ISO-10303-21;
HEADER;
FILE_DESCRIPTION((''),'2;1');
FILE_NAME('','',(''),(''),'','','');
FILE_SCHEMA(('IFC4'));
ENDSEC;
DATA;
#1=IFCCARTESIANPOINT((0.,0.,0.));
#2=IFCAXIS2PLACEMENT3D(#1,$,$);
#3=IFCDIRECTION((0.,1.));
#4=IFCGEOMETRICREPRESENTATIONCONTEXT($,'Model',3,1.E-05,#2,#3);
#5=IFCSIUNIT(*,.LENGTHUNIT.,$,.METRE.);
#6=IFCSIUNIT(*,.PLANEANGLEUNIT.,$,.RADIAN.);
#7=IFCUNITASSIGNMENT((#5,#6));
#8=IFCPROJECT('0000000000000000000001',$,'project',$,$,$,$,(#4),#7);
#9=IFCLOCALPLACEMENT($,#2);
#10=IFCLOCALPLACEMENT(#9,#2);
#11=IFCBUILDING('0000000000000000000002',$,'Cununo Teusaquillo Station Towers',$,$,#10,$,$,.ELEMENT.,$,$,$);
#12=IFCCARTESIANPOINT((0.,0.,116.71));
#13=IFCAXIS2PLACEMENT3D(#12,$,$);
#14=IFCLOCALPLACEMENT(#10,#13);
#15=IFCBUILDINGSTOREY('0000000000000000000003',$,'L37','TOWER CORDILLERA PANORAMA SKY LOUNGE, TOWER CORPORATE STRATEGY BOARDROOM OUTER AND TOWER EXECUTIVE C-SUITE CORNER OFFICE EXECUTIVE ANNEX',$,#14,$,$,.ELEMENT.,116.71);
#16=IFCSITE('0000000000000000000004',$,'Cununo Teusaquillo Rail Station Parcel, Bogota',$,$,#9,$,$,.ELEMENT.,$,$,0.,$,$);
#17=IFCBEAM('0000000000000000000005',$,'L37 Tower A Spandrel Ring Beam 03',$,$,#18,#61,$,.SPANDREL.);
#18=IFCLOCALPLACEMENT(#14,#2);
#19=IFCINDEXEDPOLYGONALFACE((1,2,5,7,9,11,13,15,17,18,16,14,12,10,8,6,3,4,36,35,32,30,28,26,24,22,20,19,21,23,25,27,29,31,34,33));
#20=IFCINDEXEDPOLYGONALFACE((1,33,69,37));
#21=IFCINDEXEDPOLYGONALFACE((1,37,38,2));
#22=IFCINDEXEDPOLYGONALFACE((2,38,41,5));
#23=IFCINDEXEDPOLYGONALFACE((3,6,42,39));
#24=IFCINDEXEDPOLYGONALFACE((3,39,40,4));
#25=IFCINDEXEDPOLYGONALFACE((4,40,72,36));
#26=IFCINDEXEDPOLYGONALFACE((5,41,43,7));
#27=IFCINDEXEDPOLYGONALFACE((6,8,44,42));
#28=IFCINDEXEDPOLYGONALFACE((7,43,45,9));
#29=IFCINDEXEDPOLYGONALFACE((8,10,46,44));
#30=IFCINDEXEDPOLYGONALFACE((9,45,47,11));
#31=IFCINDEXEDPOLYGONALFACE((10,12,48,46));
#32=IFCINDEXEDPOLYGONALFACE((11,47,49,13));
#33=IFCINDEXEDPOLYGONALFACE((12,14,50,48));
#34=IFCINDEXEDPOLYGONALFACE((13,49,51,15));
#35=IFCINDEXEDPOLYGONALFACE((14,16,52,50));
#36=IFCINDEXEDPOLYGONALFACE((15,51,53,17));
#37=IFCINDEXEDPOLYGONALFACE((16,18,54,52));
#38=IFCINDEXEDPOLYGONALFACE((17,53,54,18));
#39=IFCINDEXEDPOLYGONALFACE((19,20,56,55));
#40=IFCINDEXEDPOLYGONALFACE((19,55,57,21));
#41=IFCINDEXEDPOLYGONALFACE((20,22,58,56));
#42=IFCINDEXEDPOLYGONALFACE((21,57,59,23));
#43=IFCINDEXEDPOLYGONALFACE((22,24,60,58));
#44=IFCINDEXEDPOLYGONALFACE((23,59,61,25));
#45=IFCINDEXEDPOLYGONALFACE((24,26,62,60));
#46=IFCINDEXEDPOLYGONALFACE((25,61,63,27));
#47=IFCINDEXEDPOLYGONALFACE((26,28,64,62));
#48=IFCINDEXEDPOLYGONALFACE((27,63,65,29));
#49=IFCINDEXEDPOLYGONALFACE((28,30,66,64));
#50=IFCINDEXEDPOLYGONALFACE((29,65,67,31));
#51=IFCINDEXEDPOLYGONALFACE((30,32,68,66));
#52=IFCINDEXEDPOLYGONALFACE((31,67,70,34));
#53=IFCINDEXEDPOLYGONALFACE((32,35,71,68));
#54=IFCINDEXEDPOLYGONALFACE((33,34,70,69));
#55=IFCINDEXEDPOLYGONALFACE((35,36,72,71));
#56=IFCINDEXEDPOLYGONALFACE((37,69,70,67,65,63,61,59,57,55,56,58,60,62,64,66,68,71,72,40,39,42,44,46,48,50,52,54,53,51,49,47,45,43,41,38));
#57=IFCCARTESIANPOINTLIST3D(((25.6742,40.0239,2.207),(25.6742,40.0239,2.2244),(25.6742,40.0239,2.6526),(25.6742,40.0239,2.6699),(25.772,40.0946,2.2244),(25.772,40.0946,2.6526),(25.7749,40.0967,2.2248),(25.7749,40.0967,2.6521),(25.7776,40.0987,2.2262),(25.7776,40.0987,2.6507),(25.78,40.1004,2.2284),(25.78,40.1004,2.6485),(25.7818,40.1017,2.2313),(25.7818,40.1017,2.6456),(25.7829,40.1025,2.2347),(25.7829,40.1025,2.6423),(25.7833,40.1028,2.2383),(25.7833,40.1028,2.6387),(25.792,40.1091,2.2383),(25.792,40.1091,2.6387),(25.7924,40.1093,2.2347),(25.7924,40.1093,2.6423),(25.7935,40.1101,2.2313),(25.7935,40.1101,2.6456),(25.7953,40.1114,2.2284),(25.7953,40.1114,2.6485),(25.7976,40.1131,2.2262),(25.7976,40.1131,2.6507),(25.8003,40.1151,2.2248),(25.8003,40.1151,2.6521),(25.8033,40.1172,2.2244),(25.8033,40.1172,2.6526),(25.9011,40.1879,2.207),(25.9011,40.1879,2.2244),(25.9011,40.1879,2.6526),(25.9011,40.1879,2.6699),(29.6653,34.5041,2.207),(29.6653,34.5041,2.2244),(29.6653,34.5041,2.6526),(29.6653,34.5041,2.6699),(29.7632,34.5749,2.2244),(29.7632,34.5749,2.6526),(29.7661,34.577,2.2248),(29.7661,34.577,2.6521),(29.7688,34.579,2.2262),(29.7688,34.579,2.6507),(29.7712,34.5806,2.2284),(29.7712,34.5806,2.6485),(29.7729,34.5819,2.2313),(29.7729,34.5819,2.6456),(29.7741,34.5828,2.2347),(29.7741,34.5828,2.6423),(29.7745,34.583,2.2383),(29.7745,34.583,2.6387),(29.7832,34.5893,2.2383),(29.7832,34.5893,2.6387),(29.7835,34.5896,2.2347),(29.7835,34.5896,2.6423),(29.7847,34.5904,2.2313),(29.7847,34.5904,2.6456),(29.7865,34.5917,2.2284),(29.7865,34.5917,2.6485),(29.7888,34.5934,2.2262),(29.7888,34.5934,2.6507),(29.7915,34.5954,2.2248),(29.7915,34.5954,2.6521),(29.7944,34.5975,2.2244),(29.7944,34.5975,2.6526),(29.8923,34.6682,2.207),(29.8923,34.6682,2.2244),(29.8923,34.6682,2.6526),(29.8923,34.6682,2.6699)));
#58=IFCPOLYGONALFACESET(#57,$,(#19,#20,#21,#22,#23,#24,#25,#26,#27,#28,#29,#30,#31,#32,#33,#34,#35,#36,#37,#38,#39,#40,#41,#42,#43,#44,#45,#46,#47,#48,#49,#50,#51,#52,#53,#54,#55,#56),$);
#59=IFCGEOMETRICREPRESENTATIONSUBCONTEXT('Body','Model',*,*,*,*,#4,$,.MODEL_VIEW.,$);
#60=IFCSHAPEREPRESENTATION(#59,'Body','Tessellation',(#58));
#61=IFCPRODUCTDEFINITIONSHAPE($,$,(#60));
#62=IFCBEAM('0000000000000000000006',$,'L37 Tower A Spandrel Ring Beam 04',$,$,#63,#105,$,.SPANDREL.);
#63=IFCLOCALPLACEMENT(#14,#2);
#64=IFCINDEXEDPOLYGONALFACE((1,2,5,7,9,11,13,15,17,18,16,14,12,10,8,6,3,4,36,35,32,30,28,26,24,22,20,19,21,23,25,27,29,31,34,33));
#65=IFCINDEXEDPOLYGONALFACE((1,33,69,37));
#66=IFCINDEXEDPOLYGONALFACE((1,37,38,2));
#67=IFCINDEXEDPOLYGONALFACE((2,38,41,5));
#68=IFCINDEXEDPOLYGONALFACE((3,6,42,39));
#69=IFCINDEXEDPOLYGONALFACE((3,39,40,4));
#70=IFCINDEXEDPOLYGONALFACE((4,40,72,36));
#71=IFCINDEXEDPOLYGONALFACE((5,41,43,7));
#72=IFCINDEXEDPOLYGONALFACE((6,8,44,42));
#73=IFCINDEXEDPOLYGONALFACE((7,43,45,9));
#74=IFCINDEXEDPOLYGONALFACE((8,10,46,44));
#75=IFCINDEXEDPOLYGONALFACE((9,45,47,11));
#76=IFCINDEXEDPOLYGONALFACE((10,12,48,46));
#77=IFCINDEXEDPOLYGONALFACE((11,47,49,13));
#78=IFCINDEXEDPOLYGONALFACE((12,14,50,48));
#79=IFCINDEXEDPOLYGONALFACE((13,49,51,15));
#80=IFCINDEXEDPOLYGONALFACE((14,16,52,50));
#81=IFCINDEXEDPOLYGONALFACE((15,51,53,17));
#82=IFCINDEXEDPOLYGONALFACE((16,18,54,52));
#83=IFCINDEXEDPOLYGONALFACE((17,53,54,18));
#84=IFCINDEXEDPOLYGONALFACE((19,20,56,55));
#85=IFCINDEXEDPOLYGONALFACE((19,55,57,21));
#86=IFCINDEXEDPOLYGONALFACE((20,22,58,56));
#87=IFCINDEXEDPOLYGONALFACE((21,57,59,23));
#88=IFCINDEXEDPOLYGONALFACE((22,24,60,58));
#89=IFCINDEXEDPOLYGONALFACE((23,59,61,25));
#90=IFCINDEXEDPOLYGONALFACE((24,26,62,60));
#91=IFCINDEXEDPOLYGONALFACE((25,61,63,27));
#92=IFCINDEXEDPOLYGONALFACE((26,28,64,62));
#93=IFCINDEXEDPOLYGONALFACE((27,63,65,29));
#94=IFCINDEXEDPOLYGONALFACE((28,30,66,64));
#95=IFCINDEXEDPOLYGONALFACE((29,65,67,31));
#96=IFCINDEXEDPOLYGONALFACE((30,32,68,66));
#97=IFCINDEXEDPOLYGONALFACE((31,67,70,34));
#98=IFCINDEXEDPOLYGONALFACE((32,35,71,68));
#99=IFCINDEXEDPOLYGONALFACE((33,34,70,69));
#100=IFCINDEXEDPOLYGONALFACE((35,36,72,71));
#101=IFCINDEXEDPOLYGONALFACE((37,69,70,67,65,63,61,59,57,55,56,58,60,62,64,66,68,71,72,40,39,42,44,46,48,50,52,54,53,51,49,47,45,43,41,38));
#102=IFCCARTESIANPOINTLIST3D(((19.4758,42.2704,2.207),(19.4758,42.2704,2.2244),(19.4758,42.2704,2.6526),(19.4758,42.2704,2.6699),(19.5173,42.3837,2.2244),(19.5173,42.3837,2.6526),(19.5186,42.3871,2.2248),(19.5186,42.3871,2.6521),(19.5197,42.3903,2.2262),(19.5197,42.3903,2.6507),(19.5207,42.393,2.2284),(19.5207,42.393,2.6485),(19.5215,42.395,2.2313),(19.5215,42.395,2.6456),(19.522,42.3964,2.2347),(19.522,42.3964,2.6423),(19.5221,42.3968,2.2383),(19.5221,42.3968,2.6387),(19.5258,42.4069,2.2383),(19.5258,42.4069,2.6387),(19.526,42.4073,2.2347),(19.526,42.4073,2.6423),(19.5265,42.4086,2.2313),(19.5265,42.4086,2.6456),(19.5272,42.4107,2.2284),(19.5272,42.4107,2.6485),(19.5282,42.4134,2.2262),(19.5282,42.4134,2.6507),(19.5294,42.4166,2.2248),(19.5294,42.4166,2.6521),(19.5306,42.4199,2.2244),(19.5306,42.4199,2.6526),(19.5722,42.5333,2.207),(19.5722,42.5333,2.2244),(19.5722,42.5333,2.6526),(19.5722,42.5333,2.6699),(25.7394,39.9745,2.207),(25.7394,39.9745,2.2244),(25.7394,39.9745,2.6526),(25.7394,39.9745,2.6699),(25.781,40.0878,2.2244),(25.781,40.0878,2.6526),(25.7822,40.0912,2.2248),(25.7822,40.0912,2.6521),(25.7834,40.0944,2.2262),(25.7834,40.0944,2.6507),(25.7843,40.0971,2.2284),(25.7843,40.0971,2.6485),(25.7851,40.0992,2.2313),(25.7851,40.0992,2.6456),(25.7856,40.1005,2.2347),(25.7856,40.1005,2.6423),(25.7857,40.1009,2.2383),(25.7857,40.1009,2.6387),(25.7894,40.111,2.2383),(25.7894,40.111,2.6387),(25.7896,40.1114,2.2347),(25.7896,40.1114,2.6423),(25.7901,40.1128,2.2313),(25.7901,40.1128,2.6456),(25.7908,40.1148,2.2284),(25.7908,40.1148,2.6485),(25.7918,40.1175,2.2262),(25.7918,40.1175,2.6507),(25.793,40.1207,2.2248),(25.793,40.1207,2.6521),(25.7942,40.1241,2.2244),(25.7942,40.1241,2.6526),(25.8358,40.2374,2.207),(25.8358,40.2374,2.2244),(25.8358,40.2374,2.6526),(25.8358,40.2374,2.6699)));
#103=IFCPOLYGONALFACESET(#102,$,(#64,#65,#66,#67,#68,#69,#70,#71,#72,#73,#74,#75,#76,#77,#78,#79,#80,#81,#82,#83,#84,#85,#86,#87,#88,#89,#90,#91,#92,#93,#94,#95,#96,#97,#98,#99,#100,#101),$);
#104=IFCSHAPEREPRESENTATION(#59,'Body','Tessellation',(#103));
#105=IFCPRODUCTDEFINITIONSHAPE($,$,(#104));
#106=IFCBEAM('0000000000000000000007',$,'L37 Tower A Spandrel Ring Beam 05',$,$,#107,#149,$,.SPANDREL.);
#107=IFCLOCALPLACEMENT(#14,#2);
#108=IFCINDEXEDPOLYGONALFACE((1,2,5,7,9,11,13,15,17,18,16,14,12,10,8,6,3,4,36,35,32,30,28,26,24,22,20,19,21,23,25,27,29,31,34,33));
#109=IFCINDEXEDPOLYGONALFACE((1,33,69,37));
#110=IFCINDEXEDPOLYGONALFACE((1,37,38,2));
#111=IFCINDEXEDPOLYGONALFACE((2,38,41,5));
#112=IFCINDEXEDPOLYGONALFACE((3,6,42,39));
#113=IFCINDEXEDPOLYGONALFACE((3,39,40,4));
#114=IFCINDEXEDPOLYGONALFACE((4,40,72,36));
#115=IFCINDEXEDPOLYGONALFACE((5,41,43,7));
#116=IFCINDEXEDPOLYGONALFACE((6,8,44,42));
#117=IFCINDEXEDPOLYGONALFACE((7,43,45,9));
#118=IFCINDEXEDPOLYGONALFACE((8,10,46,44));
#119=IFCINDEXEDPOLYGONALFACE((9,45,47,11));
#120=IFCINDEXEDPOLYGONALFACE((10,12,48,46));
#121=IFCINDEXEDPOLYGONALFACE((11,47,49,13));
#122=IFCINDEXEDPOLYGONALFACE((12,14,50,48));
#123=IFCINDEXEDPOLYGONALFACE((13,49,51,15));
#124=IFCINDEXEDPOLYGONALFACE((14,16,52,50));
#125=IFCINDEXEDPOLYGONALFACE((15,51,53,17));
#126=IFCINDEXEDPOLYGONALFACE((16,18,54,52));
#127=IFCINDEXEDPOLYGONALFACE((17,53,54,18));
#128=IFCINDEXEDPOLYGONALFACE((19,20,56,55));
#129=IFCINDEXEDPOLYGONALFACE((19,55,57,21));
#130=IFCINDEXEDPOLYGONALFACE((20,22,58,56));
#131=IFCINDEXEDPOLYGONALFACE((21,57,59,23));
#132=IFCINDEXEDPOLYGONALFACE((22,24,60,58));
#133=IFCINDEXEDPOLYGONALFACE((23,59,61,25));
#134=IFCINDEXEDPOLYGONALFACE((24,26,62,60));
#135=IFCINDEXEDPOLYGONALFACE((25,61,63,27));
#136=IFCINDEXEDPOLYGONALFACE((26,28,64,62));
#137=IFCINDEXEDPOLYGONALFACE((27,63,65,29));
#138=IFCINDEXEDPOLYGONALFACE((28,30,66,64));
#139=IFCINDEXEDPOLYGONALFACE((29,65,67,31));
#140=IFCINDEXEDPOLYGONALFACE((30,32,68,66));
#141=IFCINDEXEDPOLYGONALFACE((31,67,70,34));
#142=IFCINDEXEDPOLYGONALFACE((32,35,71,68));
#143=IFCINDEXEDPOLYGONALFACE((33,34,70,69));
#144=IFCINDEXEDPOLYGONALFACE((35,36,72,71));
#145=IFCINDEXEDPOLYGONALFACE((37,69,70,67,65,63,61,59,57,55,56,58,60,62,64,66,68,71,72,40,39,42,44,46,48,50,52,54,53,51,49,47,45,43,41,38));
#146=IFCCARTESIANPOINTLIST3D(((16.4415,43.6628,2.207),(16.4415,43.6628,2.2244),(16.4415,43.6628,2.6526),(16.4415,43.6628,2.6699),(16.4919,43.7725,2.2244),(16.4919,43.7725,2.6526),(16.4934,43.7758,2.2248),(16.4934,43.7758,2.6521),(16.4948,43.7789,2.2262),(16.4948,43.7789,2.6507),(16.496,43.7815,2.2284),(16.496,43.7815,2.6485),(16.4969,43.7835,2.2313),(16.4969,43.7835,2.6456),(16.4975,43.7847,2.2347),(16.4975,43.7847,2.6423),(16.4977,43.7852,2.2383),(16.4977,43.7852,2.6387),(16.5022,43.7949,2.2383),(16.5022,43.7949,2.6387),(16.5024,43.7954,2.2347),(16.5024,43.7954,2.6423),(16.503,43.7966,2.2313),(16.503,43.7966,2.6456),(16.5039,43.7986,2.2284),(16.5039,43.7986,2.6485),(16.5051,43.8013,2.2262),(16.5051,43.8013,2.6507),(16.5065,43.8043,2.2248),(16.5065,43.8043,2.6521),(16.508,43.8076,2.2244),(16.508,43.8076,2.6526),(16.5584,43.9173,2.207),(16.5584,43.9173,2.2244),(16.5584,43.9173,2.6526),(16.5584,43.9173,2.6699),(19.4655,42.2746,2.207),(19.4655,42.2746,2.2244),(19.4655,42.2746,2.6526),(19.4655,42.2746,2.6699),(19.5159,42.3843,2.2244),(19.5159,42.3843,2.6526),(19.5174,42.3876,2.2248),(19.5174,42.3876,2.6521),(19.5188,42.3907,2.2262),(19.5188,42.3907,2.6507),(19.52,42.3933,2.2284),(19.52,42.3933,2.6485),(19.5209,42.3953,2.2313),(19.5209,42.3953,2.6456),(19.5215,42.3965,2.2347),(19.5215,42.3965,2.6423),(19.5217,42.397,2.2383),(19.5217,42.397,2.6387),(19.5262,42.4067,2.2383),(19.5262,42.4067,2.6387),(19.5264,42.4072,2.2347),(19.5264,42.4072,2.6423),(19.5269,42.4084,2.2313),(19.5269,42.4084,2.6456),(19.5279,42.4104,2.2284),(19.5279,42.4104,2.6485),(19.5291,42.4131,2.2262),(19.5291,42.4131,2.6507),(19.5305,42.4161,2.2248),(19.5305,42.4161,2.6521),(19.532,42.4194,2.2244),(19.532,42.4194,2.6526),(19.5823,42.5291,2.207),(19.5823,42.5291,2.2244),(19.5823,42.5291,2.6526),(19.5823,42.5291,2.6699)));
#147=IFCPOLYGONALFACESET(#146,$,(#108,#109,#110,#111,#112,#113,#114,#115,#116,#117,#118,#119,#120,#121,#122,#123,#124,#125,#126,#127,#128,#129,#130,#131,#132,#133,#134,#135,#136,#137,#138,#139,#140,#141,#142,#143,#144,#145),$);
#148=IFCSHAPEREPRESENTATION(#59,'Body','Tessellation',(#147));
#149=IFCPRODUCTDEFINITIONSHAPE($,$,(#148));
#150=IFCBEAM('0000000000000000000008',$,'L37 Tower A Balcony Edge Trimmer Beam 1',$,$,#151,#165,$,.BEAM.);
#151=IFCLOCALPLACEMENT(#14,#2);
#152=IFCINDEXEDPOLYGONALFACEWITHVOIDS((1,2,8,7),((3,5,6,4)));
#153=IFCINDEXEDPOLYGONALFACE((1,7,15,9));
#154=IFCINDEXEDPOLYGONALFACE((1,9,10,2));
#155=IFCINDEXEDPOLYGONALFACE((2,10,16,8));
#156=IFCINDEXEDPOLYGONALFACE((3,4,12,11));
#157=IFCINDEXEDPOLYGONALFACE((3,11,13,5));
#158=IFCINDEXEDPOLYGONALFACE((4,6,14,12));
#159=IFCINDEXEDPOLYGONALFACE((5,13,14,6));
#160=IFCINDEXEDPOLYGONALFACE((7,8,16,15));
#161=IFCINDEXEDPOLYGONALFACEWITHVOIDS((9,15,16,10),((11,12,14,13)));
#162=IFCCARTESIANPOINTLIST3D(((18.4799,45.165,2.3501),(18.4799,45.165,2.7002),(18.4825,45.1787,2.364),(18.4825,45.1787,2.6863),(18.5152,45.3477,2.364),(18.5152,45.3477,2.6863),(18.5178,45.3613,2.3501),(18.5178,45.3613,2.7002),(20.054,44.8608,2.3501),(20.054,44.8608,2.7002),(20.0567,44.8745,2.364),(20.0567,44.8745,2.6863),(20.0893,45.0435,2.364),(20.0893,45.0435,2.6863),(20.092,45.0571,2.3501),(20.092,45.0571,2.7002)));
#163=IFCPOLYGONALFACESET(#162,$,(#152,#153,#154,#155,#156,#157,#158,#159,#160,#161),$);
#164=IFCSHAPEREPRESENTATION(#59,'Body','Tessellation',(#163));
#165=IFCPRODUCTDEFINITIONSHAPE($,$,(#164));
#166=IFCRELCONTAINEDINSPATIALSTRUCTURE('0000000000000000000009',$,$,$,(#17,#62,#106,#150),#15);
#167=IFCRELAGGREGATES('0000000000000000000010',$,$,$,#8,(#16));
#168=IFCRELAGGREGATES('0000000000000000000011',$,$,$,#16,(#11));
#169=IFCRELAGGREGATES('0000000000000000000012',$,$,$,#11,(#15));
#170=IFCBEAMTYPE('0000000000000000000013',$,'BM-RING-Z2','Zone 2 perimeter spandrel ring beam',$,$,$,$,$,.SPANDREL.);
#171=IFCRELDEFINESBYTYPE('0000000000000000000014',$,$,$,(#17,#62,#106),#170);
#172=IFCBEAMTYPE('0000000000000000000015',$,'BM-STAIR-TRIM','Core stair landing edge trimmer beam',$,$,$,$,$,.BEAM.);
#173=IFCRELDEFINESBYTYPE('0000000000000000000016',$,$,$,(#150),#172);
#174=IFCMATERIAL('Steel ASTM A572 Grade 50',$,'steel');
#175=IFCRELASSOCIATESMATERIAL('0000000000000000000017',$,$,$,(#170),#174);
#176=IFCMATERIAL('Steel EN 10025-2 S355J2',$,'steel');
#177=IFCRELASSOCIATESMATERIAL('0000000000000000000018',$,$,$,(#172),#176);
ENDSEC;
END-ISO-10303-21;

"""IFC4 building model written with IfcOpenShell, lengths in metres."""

from ifc_helpers import new_model, si_unit, direction, frame, origin, origin_2d, place, context, subcontext, project, spatial, hollow_rectangle, i_section, extrude, material, material_profile, profile_set, type_object, element, save


model = new_model("IFC4")

# Units and contexts
model_context = context("Model", 3, precision=1e-05, world=origin(), true_north=direction((0.0, 1.0)))
body_context = subcontext(model_context, "Body", "Model", "MODEL_VIEW")
ifc_project = project(units=[si_unit("LENGTHUNIT", "METRE"), si_unit("PLANEANGLEUNIT", "RADIAN")], contexts=[model_context])

# Site, building, storey
site_placement = place(None, origin())
site = spatial("IfcSite", under=ifc_project, at=site_placement, Name="Cununo Teusaquillo Rail Station Parcel, Bogota", CompositionType="ELEMENT", RefElevation=0.0)
building_placement = place(site_placement, origin())
building = spatial("IfcBuilding", under=site, at=building_placement, Name="Cununo Teusaquillo Station Towers", CompositionType="ELEMENT")
storey_placement = place(building_placement, frame((0.0, 0.0, 116.71)))
storey = spatial("IfcBuildingStorey", under=building, at=storey_placement, Name="L37", Description="TOWER CORDILLERA PANORAMA SKY LOUNGE, TOWER CORPORATE STRATEGY BOARDROOM OUTER AND TOWER EXECUTIVE C-SUITE CORNER OFFICE EXECUTIVE ANNEX", CompositionType="ELEMENT", Elevation=116.71)

# Beams
ifc_material_1 = material(Name="Steel ASTM A572 Grade 50", Category="steel")
ifc_material_profile_1 = material_profile(ifc_material_1, i_section(OverallWidth=0.28, OverallDepth=0.4629, WebThickness=0.0107, FlangeThickness=0.0173, FilletRadius=0.0139, at=origin_2d()), Name="W18X76")
ifc_profile_set_1 = profile_set([ifc_material_profile_1], Name="Steel ASTM A572 Grade 50")
beam_type_1 = type_object("IfcBeamType", Name="BM-RING-Z2", Description="Zone 2 perimeter spandrel ring beam", PredefinedType="SPANDREL", material=ifc_profile_set_1)
beam_1_placement = place(storey_placement, frame((29.7788, 34.5862, 2.4385), z_axis=(-0.585945, 0.810351, 0.0), x_axis=(-0.810351, -0.585945, 0.0)))
element("IfcBeam", 1, at=beam_1_placement, inside=storey, type_object=beam_type_1, Name="L37 Tower A Spandrel Ring Beam 03", PredefinedType="SPANDREL", context=body_context, shape_type="SweptSolid", body=[
    extrude(i_section(OverallWidth=0.28, OverallDepth=0.4629, WebThickness=0.0107, FlangeThickness=0.0173, FilletRadius=0.0139, at=origin_2d()), origin(), (0.0, 0.0, 1.0), 6.8115),
])
beam_2_placement = place(storey_placement, frame((25.7876, 40.106, 2.4385), z_axis=(-0.938914, 0.344151, 0.0), x_axis=(-0.344151, -0.938914, 0.0)))
element("IfcBeam", 2, at=beam_2_placement, inside=storey, type_object=beam_type_1, Name="L37 Tower A Spandrel Ring Beam 04", PredefinedType="SPANDREL", context=body_context, shape_type="SweptSolid", body=[
    extrude(i_section(OverallWidth=0.28, OverallDepth=0.4629, WebThickness=0.0107, FlangeThickness=0.0173, FilletRadius=0.0139, at=origin_2d()), origin(), (0.0, 0.0, 1.0), 6.6711),
])
beam_3_placement = place(storey_placement, frame((19.5239, 42.4019, 2.4385), z_axis=(-0.908812, 0.417205, 0.0), x_axis=(-0.417205, -0.908812, 0.0)))
element("IfcBeam", 3, at=beam_3_placement, inside=storey, type_object=beam_type_1, Name="L37 Tower A Spandrel Ring Beam 05", PredefinedType="SPANDREL", context=body_context, shape_type="SweptSolid", body=[
    extrude(i_section(OverallWidth=0.28, OverallDepth=0.4629, WebThickness=0.0107, FlangeThickness=0.0173, FilletRadius=0.0139, at=origin_2d()), origin(), (0.0, 0.0, 1.0), 3.3274),
])
ifc_material_2 = material(Name="Steel EN 10025-2 S355J2", Category="steel")
ifc_material_profile_2 = material_profile(ifc_material_2, hollow_rectangle(XDim=0.2, YDim=0.3501, WallThickness=0.0139, at=origin_2d()), Name="RHS 350x200x14")
ifc_profile_set_2 = profile_set([ifc_material_profile_2], Name="Steel EN 10025-2 S355J2")
beam_type_2 = type_object("IfcBeamType", Name="BM-STAIR-TRIM", Description="Core stair landing edge trimmer beam", PredefinedType="BEAM", material=ifc_profile_set_2)
beam_4_placement = place(storey_placement, frame((20.073, 44.959, 2.5251), z_axis=(-0.981837, 0.189728, 0.0), x_axis=(-0.189728, -0.981837, 0.0)))
element("IfcBeam", 4, at=beam_4_placement, inside=storey, type_object=beam_type_2, Name="L37 Tower A Balcony Edge Trimmer Beam 1", PredefinedType="BEAM", context=body_context, shape_type="SweptSolid", body=[
    extrude(hollow_rectangle(XDim=0.2, YDim=0.3501, WallThickness=0.0139, at=origin_2d()), origin(), (0.0, 0.0, 1.0), 1.6033),
])

save(model, "model.ifc")
